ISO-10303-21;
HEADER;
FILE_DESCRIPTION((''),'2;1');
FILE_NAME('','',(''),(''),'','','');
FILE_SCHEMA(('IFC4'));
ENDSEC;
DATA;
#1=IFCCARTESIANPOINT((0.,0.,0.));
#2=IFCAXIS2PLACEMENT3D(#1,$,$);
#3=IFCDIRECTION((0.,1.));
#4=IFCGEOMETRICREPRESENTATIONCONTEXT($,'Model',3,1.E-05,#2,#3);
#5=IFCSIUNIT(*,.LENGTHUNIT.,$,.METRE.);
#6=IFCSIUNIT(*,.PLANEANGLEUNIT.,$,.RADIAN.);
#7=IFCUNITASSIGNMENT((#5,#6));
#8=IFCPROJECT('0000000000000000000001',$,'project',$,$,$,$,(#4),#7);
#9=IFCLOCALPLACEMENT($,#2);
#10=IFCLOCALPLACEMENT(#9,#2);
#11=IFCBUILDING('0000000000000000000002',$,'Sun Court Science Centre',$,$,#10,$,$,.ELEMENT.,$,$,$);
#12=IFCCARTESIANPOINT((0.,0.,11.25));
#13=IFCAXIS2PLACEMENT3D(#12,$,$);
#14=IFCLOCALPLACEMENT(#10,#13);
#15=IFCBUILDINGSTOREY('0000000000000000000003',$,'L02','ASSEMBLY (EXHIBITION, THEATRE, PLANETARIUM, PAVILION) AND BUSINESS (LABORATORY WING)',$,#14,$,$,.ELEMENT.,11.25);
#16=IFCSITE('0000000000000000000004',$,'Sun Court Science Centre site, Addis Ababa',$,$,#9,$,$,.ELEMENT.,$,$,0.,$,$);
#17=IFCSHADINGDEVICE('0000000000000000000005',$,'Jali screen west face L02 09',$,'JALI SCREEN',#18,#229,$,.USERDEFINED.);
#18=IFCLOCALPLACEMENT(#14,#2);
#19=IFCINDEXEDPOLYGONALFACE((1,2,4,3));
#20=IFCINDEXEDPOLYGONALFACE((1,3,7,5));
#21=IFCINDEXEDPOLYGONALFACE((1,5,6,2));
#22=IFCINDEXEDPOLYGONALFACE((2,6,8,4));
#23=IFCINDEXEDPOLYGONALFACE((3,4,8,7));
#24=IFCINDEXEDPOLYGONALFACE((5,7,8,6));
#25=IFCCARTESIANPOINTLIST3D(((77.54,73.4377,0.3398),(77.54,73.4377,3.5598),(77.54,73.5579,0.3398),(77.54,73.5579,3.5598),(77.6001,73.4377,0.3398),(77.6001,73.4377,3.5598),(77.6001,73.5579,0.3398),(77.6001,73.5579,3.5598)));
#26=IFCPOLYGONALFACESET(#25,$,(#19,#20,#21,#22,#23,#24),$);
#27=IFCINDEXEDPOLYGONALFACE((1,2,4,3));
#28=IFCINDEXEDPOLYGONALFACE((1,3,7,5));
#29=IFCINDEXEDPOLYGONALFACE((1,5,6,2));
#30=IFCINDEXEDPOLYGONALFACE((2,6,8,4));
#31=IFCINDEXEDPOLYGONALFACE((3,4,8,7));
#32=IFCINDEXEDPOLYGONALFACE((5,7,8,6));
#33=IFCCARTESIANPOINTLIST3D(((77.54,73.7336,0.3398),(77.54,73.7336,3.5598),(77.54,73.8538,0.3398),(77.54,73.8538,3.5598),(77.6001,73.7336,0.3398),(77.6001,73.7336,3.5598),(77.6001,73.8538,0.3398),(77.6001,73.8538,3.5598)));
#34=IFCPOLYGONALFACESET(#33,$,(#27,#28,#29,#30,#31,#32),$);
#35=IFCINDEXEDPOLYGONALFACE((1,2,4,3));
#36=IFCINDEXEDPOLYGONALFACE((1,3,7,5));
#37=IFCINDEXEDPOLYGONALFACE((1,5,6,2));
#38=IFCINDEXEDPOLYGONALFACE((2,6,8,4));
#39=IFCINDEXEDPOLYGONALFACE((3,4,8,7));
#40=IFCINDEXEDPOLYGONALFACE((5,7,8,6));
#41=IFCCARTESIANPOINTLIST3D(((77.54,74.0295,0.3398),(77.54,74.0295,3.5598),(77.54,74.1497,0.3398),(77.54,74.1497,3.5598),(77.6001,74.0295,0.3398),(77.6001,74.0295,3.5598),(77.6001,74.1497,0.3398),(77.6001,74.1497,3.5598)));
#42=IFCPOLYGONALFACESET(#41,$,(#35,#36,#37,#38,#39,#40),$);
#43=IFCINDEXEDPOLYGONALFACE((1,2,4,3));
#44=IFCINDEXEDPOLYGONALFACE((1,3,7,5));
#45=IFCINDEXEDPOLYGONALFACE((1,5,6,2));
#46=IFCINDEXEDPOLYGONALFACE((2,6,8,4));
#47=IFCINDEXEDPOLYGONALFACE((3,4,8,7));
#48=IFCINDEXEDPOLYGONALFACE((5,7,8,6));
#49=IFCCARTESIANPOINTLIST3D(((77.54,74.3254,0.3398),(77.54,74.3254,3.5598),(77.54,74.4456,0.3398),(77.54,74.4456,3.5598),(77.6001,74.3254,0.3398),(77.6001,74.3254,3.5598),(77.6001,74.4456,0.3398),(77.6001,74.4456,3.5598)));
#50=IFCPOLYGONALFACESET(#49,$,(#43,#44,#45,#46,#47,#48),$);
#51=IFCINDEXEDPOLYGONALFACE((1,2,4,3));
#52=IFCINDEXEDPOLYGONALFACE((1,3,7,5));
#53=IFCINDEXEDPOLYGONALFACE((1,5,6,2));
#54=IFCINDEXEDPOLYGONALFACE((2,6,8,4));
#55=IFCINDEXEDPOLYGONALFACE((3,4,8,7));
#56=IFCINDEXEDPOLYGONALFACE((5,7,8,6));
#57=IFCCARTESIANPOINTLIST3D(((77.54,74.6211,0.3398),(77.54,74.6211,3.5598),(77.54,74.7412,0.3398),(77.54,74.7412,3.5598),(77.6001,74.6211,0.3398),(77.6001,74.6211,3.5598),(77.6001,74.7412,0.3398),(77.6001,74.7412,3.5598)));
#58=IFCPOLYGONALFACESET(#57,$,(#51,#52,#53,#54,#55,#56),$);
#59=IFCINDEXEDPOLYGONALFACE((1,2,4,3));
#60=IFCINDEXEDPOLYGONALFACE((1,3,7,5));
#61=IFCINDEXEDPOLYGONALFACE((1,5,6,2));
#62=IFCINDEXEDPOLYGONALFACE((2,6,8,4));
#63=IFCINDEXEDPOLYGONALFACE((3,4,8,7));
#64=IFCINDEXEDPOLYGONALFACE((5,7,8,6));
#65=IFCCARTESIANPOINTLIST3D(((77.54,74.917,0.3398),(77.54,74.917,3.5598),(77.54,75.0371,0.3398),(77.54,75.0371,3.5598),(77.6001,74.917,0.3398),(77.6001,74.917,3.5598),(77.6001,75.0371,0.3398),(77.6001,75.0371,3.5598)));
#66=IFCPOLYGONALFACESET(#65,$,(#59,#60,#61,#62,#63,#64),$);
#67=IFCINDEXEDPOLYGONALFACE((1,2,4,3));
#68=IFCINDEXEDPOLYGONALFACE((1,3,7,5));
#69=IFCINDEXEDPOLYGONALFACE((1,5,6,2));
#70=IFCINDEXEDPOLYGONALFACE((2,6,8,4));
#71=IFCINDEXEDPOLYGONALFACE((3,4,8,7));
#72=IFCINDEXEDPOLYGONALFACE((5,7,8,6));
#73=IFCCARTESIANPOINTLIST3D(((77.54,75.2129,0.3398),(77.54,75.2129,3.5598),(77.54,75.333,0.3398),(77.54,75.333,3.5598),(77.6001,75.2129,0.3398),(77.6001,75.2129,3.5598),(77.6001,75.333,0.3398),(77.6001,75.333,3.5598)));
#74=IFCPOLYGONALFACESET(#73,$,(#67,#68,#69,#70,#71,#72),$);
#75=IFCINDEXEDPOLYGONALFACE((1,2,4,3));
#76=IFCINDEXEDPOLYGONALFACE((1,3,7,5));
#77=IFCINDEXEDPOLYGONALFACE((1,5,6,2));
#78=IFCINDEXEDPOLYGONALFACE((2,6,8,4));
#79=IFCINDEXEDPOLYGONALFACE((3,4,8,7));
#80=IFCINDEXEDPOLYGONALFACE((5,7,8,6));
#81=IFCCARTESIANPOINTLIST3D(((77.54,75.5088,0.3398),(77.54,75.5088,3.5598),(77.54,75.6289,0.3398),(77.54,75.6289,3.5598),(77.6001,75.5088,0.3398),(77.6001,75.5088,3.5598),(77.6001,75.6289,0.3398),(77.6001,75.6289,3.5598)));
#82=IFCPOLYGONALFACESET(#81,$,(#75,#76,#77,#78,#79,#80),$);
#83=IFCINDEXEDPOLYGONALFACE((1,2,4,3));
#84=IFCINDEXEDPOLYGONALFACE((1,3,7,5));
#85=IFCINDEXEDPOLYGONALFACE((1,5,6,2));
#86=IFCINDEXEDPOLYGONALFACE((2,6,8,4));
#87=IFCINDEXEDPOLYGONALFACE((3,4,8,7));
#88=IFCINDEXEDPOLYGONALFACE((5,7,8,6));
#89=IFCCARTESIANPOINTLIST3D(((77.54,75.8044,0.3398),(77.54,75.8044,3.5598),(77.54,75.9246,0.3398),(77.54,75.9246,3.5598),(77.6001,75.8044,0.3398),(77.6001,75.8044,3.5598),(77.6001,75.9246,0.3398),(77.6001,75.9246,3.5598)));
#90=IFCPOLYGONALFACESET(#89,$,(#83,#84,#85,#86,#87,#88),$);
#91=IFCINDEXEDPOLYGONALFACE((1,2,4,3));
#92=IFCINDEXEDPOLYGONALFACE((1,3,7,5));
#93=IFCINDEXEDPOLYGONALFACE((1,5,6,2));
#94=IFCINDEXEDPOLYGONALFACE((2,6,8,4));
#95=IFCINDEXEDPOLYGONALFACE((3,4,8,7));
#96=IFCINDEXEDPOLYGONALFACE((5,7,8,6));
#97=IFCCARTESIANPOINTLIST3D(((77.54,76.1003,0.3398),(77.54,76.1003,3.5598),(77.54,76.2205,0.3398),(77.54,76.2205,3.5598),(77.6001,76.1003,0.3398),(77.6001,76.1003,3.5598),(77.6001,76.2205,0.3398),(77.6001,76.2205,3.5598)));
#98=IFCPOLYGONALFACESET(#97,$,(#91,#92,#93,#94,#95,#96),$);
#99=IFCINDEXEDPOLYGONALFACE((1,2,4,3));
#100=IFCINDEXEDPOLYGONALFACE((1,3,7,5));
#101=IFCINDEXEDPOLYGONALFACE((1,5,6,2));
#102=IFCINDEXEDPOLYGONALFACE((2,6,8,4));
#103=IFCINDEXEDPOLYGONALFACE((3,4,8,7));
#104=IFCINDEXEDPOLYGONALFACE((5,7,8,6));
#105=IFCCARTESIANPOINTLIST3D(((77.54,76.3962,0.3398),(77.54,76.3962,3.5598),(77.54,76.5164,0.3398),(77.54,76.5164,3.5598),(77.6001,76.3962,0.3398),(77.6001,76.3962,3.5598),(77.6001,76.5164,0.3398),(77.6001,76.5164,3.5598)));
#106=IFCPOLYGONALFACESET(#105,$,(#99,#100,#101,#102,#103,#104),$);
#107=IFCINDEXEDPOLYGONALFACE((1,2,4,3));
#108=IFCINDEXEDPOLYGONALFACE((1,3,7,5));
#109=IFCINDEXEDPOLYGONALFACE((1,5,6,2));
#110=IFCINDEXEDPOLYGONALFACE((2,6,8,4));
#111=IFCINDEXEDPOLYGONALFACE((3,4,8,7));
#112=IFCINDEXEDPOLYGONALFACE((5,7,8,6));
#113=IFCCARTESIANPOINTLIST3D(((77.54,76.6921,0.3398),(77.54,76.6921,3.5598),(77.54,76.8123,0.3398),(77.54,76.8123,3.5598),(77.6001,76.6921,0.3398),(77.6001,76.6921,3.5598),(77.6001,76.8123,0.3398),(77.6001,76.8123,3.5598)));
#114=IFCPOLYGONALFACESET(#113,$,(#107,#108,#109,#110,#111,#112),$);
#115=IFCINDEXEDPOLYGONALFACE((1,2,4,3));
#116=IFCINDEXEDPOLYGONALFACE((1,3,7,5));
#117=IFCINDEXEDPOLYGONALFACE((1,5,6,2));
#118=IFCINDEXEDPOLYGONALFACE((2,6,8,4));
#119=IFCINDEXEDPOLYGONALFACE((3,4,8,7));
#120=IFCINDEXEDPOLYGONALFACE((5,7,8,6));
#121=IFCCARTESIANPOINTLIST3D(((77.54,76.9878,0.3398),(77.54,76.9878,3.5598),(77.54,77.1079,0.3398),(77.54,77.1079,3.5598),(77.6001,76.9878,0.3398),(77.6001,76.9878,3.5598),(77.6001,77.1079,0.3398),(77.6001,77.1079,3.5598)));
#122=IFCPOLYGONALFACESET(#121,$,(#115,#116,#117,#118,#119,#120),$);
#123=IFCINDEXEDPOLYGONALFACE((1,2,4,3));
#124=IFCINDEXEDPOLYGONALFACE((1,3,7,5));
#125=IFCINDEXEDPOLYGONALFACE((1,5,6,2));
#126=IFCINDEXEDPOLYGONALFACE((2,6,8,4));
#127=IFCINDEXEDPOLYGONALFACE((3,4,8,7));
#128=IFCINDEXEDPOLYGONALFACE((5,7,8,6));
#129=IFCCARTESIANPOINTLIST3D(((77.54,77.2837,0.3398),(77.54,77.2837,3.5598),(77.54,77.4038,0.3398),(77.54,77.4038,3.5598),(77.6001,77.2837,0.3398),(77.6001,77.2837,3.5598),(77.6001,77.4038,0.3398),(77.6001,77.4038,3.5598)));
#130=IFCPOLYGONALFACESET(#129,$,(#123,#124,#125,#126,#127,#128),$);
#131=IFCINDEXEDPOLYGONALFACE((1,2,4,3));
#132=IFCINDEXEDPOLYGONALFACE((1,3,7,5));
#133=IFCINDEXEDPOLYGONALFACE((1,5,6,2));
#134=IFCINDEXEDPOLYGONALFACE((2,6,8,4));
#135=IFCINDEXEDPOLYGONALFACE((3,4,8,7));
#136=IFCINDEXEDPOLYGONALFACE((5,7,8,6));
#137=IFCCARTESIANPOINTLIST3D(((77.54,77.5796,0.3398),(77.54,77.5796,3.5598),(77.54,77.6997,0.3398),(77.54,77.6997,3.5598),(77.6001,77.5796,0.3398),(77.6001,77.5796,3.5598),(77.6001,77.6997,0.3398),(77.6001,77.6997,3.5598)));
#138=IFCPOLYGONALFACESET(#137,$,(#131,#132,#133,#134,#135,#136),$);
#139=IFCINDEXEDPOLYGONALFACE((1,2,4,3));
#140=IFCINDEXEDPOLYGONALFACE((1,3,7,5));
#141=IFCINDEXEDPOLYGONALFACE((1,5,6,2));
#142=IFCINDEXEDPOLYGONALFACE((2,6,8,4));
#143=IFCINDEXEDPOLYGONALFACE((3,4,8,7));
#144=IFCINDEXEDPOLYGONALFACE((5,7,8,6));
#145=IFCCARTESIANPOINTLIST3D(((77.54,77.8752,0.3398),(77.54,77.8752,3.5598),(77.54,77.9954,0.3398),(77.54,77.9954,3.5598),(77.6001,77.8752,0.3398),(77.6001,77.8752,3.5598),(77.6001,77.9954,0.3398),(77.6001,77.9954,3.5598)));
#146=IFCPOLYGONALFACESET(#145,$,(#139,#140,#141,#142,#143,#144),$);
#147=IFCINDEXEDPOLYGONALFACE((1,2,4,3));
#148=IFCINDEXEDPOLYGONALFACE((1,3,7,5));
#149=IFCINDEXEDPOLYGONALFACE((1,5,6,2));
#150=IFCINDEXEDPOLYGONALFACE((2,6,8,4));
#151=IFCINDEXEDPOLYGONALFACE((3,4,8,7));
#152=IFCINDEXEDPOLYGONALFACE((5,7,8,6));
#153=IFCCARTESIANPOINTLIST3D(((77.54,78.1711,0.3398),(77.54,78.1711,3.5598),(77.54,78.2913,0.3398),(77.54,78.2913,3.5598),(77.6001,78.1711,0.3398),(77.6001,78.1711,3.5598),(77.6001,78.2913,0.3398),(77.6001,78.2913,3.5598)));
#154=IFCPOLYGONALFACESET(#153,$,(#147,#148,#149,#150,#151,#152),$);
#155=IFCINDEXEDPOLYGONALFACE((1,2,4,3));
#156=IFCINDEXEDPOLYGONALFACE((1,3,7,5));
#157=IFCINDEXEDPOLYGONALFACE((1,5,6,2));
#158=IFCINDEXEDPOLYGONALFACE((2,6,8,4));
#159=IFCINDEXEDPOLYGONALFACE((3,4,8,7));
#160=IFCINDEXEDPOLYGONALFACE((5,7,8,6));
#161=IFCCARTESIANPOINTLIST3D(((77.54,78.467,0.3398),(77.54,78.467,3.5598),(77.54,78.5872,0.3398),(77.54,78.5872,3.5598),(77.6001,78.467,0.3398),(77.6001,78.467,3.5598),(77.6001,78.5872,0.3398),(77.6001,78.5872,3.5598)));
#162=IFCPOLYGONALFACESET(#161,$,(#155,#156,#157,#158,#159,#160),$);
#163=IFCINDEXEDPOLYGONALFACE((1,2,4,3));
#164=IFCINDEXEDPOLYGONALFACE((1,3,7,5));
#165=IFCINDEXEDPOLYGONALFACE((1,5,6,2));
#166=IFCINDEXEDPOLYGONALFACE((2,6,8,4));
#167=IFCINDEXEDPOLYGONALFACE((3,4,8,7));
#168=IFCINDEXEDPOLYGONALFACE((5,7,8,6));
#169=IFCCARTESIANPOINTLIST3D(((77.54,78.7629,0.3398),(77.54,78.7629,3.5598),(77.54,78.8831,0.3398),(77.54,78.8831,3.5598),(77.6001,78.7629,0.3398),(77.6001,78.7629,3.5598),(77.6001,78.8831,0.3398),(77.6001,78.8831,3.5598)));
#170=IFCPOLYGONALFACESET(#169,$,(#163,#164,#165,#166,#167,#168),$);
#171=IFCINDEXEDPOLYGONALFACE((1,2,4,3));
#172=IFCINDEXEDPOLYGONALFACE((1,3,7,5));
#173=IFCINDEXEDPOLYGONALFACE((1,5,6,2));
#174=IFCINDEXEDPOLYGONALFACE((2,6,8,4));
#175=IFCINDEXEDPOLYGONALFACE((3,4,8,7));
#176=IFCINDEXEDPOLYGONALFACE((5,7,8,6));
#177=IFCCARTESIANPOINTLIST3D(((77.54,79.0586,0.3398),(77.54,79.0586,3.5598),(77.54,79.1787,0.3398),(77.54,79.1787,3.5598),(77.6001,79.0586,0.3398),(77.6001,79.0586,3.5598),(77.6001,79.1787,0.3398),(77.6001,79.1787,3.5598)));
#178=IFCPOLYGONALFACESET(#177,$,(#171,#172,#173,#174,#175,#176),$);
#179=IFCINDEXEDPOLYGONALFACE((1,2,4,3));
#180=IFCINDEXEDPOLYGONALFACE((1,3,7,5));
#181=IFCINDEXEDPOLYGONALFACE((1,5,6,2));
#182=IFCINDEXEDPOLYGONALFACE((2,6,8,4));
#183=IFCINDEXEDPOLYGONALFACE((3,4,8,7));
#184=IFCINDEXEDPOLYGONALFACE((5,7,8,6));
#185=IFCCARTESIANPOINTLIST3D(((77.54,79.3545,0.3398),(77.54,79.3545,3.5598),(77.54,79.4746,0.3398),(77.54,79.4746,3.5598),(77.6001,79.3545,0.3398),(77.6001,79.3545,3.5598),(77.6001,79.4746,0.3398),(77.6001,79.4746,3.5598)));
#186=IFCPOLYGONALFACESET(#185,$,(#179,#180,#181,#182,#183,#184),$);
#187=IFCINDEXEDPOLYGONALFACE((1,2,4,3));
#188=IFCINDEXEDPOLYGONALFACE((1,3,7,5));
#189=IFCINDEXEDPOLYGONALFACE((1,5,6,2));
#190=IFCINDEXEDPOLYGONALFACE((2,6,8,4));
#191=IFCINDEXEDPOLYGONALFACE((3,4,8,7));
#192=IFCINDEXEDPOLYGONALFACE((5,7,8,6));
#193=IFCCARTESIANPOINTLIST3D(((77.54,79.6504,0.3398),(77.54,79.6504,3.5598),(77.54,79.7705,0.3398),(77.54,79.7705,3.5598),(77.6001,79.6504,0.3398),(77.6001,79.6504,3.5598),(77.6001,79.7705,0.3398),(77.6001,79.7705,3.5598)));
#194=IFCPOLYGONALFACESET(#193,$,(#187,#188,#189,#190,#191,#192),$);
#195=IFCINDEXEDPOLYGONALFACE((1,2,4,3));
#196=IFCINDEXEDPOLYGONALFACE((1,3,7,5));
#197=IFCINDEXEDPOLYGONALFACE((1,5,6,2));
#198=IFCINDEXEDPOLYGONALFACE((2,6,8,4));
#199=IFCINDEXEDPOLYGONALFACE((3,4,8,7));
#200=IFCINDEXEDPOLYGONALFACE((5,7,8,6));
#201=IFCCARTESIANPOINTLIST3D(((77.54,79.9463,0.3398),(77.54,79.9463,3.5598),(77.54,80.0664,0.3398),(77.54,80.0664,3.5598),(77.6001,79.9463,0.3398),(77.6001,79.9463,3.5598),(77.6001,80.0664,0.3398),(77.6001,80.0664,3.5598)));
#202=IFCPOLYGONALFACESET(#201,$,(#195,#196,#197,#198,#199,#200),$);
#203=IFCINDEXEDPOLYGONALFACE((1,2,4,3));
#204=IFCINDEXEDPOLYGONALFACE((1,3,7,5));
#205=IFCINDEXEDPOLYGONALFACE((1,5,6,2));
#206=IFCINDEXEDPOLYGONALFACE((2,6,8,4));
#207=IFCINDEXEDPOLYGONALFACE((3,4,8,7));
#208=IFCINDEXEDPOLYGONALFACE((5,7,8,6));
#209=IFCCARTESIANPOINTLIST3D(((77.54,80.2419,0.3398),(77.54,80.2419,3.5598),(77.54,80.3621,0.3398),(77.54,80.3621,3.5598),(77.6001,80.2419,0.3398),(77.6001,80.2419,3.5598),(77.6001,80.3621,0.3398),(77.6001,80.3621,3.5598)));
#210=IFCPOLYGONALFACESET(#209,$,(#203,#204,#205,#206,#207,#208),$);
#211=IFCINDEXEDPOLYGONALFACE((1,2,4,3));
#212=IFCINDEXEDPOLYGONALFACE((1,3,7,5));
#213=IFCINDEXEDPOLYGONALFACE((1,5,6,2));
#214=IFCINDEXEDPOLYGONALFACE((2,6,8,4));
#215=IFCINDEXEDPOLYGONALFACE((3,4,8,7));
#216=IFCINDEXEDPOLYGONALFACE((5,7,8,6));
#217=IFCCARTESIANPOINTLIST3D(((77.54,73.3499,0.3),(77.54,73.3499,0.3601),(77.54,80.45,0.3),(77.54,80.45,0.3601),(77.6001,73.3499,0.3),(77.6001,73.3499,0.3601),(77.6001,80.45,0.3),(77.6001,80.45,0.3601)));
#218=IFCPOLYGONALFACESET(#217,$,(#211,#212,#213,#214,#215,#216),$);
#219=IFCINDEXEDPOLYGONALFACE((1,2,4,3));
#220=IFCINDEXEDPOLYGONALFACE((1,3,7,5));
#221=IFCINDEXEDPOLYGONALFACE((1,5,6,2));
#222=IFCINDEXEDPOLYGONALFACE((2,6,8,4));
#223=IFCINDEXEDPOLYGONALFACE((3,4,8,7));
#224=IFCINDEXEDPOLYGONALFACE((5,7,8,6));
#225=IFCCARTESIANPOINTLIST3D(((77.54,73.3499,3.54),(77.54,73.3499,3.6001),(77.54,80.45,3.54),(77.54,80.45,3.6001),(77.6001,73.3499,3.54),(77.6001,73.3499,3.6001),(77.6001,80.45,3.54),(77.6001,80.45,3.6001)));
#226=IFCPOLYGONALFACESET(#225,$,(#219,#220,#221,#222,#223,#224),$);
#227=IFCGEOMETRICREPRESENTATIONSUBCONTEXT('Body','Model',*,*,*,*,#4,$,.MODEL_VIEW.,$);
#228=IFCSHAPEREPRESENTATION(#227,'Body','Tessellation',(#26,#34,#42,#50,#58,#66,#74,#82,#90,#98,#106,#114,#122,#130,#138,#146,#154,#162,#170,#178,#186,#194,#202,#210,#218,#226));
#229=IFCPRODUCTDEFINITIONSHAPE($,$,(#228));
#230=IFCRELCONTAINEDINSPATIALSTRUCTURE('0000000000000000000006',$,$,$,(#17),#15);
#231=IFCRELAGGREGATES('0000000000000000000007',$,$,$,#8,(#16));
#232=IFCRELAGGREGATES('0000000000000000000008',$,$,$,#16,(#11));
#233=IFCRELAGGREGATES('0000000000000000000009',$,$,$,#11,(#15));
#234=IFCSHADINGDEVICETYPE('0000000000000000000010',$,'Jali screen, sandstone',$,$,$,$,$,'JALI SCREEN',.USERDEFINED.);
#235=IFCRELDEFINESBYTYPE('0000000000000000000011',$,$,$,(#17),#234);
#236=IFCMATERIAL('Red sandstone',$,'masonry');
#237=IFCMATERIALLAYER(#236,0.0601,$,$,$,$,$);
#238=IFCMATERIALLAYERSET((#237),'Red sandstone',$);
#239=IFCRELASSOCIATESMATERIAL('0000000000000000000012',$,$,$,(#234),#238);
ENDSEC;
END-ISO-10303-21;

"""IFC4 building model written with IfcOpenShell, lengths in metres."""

from ifc_helpers import new_model, si_unit, direction, frame, origin, origin_2d, place, context, subcontext, project, spatial, rectangle, extrude, material, layer, layer_set, type_object, element, save


model = new_model("IFC4")

# Units and contexts
model_context = context("Model", 3, precision=1e-05, world=origin(), true_north=direction((0.0, 1.0)))
body_context = subcontext(model_context, "Body", "Model", "MODEL_VIEW")
ifc_project = project(units=[si_unit("LENGTHUNIT", "METRE"), si_unit("PLANEANGLEUNIT", "RADIAN")], contexts=[model_context])

# Site, building, storey
site_placement = place(None, origin())
site = spatial("IfcSite", under=ifc_project, at=site_placement, Name="Sun Court Science Centre site, Addis Ababa", CompositionType="ELEMENT", RefElevation=0.0)
building_placement = place(site_placement, origin())
building = spatial("IfcBuilding", under=site, at=building_placement, Name="Sun Court Science Centre", CompositionType="ELEMENT")
storey_placement = place(building_placement, frame((0.0, 0.0, 11.25)))
storey = spatial("IfcBuildingStorey", under=building, at=storey_placement, Name="L02", Description="ASSEMBLY (EXHIBITION, THEATRE, PLANETARIUM, PAVILION) AND BUSINESS (LABORATORY WING)", CompositionType="ELEMENT", Elevation=11.25)

# Shading device
ifc_material_1 = material(Name="Red sandstone", Category="masonry")
ifc_layer_1 = layer(ifc_material_1, 0.0601)
ifc_layer_set_1 = layer_set([ifc_layer_1], Name="Red sandstone")
shading_device_type = type_object("IfcShadingDeviceType", Name="Jali screen, sandstone", ElementType="JALI SCREEN", PredefinedType="USERDEFINED", material=ifc_layer_set_1)
shading_device_1_placement = place(storey_placement, frame((0.0, 0.0, -11.25)))
element("IfcShadingDevice", 1, at=shading_device_1_placement, inside=storey, type_object=shading_device_type, Name="Jali screen west face L02 09", ObjectType="JALI SCREEN", PredefinedType="USERDEFINED", context=body_context, shape_type="SweptSolid", body=[
    extrude(rectangle(XDim=0.1201, YDim=0.0601, at=origin_2d()), frame((77.5701, 73.4978, 11.5898), z_axis=(0.0, 0.0, 1.0), x_axis=(0.0, 1.0, 0.0)), (0.0, 0.0, 1.0), 3.22),
    extrude(rectangle(XDim=0.1201, YDim=0.0601, at=origin_2d()), frame((77.5701, 73.7937, 11.5898), z_axis=(0.0, 0.0, 1.0), x_axis=(0.0, 1.0, 0.0)), (0.0, 0.0, 1.0), 3.22),
    extrude(rectangle(XDim=0.1201, YDim=0.0601, at=origin_2d()), frame((77.5701, 74.0896, 11.5898), z_axis=(0.0, 0.0, 1.0), x_axis=(0.0, 1.0, 0.0)), (0.0, 0.0, 1.0), 3.22),
    extrude(rectangle(XDim=0.1201, YDim=0.0601, at=origin_2d()), frame((77.5701, 74.3855, 11.5898), z_axis=(0.0, 0.0, 1.0), x_axis=(0.0, 1.0, 0.0)), (0.0, 0.0, 1.0), 3.22),
    extrude(rectangle(XDim=0.1201, YDim=0.0601, at=origin_2d()), frame((77.5701, 74.6812, 11.5898), z_axis=(0.0, 0.0, 1.0), x_axis=(0.0, 1.0, 0.0)), (0.0, 0.0, 1.0), 3.22),
    extrude(rectangle(XDim=0.1201, YDim=0.0601, at=origin_2d()), frame((77.5701, 74.9771, 11.5898), z_axis=(0.0, 0.0, 1.0), x_axis=(0.0, 1.0, 0.0)), (0.0, 0.0, 1.0), 3.22),
    extrude(rectangle(XDim=0.1201, YDim=0.0601, at=origin_2d()), frame((77.5701, 75.2729, 11.5898), z_axis=(0.0, 0.0, 1.0), x_axis=(0.0, 1.0, 0.0)), (0.0, 0.0, 1.0), 3.22),
    extrude(rectangle(XDim=0.1201, YDim=0.0601, at=origin_2d()), frame((77.5701, 75.5688, 11.5898), z_axis=(0.0, 0.0, 1.0), x_axis=(0.0, 1.0, 0.0)), (0.0, 0.0, 1.0), 3.22),
    extrude(rectangle(XDim=0.1201, YDim=0.0601, at=origin_2d()), frame((77.5701, 75.8645, 11.5898), z_axis=(0.0, 0.0, 1.0), x_axis=(0.0, 1.0, 0.0)), (0.0, 0.0, 1.0), 3.22),
    extrude(rectangle(XDim=0.1201, YDim=0.0601, at=origin_2d()), frame((77.5701, 76.1604, 11.5898), z_axis=(0.0, 0.0, 1.0), x_axis=(0.0, 1.0, 0.0)), (0.0, 0.0, 1.0), 3.22),
    extrude(rectangle(XDim=0.1201, YDim=0.0601, at=origin_2d()), frame((77.5701, 76.4563, 11.5898), z_axis=(0.0, 0.0, 1.0), x_axis=(0.0, 1.0, 0.0)), (0.0, 0.0, 1.0), 3.22),
    extrude(rectangle(XDim=0.1201, YDim=0.0601, at=origin_2d()), frame((77.5701, 76.7522, 11.5898), z_axis=(0.0, 0.0, 1.0), x_axis=(0.0, 1.0, 0.0)), (0.0, 0.0, 1.0), 3.22),
    extrude(rectangle(XDim=0.1201, YDim=0.0601, at=origin_2d()), frame((77.5701, 77.0479, 11.5898), z_axis=(0.0, 0.0, 1.0), x_axis=(0.0, 1.0, 0.0)), (0.0, 0.0, 1.0), 3.22),
    extrude(rectangle(XDim=0.1201, YDim=0.0601, at=origin_2d()), frame((77.5701, 77.3438, 11.5898), z_axis=(0.0, 0.0, 1.0), x_axis=(0.0, 1.0, 0.0)), (0.0, 0.0, 1.0), 3.22),
    extrude(rectangle(XDim=0.1201, YDim=0.0601, at=origin_2d()), frame((77.5701, 77.6396, 11.5898), z_axis=(0.0, 0.0, 1.0), x_axis=(0.0, 1.0, 0.0)), (0.0, 0.0, 1.0), 3.22),
    extrude(rectangle(XDim=0.1201, YDim=0.0601, at=origin_2d()), frame((77.5701, 77.9353, 11.5898), z_axis=(0.0, 0.0, 1.0), x_axis=(0.0, 1.0, 0.0)), (0.0, 0.0, 1.0), 3.22),
    extrude(rectangle(XDim=0.1201, YDim=0.0601, at=origin_2d()), frame((77.5701, 78.2312, 11.5898), z_axis=(0.0, 0.0, 1.0), x_axis=(0.0, 1.0, 0.0)), (0.0, 0.0, 1.0), 3.22),
    extrude(rectangle(XDim=0.1201, YDim=0.0601, at=origin_2d()), frame((77.5701, 78.5271, 11.5898), z_axis=(0.0, 0.0, 1.0), x_axis=(0.0, 1.0, 0.0)), (0.0, 0.0, 1.0), 3.22),
    extrude(rectangle(XDim=0.1201, YDim=0.0601, at=origin_2d()), frame((77.5701, 78.823, 11.5898), z_axis=(0.0, 0.0, 1.0), x_axis=(0.0, 1.0, 0.0)), (0.0, 0.0, 1.0), 3.22),
    extrude(rectangle(XDim=0.1201, YDim=0.0601, at=origin_2d()), frame((77.5701, 79.1187, 11.5898), z_axis=(0.0, 0.0, 1.0), x_axis=(0.0, 1.0, 0.0)), (0.0, 0.0, 1.0), 3.22),
    extrude(rectangle(XDim=0.1201, YDim=0.0601, at=origin_2d()), frame((77.5701, 79.4146, 11.5898), z_axis=(0.0, 0.0, 1.0), x_axis=(0.0, 1.0, 0.0)), (0.0, 0.0, 1.0), 3.22),
    extrude(rectangle(XDim=0.1201, YDim=0.0601, at=origin_2d()), frame((77.5701, 79.7104, 11.5898), z_axis=(0.0, 0.0, 1.0), x_axis=(0.0, 1.0, 0.0)), (0.0, 0.0, 1.0), 3.22),
    extrude(rectangle(XDim=0.1201, YDim=0.0601, at=origin_2d()), frame((77.5701, 80.0063, 11.5898), z_axis=(0.0, 0.0, 1.0), x_axis=(0.0, 1.0, 0.0)), (0.0, 0.0, 1.0), 3.22),
    extrude(rectangle(XDim=0.1201, YDim=0.0601, at=origin_2d()), frame((77.5701, 80.302, 11.5898), z_axis=(0.0, 0.0, 1.0), x_axis=(0.0, 1.0, 0.0)), (0.0, 0.0, 1.0), 3.22),
    extrude(rectangle(XDim=7.1001, YDim=0.0601, at=origin_2d()), frame((77.5701, 76.8999, 11.55), z_axis=(0.0, 0.0, 1.0), x_axis=(0.0, 1.0, 0.0)), (0.0, 0.0, 1.0), 0.0601),
    extrude(rectangle(XDim=7.1001, YDim=0.0601, at=origin_2d()), frame((77.5701, 76.8999, 14.79), z_axis=(0.0, 0.0, 1.0), x_axis=(0.0, 1.0, 0.0)), (0.0, 0.0, 1.0), 0.0601),
])

save(model, "model.ifc")
